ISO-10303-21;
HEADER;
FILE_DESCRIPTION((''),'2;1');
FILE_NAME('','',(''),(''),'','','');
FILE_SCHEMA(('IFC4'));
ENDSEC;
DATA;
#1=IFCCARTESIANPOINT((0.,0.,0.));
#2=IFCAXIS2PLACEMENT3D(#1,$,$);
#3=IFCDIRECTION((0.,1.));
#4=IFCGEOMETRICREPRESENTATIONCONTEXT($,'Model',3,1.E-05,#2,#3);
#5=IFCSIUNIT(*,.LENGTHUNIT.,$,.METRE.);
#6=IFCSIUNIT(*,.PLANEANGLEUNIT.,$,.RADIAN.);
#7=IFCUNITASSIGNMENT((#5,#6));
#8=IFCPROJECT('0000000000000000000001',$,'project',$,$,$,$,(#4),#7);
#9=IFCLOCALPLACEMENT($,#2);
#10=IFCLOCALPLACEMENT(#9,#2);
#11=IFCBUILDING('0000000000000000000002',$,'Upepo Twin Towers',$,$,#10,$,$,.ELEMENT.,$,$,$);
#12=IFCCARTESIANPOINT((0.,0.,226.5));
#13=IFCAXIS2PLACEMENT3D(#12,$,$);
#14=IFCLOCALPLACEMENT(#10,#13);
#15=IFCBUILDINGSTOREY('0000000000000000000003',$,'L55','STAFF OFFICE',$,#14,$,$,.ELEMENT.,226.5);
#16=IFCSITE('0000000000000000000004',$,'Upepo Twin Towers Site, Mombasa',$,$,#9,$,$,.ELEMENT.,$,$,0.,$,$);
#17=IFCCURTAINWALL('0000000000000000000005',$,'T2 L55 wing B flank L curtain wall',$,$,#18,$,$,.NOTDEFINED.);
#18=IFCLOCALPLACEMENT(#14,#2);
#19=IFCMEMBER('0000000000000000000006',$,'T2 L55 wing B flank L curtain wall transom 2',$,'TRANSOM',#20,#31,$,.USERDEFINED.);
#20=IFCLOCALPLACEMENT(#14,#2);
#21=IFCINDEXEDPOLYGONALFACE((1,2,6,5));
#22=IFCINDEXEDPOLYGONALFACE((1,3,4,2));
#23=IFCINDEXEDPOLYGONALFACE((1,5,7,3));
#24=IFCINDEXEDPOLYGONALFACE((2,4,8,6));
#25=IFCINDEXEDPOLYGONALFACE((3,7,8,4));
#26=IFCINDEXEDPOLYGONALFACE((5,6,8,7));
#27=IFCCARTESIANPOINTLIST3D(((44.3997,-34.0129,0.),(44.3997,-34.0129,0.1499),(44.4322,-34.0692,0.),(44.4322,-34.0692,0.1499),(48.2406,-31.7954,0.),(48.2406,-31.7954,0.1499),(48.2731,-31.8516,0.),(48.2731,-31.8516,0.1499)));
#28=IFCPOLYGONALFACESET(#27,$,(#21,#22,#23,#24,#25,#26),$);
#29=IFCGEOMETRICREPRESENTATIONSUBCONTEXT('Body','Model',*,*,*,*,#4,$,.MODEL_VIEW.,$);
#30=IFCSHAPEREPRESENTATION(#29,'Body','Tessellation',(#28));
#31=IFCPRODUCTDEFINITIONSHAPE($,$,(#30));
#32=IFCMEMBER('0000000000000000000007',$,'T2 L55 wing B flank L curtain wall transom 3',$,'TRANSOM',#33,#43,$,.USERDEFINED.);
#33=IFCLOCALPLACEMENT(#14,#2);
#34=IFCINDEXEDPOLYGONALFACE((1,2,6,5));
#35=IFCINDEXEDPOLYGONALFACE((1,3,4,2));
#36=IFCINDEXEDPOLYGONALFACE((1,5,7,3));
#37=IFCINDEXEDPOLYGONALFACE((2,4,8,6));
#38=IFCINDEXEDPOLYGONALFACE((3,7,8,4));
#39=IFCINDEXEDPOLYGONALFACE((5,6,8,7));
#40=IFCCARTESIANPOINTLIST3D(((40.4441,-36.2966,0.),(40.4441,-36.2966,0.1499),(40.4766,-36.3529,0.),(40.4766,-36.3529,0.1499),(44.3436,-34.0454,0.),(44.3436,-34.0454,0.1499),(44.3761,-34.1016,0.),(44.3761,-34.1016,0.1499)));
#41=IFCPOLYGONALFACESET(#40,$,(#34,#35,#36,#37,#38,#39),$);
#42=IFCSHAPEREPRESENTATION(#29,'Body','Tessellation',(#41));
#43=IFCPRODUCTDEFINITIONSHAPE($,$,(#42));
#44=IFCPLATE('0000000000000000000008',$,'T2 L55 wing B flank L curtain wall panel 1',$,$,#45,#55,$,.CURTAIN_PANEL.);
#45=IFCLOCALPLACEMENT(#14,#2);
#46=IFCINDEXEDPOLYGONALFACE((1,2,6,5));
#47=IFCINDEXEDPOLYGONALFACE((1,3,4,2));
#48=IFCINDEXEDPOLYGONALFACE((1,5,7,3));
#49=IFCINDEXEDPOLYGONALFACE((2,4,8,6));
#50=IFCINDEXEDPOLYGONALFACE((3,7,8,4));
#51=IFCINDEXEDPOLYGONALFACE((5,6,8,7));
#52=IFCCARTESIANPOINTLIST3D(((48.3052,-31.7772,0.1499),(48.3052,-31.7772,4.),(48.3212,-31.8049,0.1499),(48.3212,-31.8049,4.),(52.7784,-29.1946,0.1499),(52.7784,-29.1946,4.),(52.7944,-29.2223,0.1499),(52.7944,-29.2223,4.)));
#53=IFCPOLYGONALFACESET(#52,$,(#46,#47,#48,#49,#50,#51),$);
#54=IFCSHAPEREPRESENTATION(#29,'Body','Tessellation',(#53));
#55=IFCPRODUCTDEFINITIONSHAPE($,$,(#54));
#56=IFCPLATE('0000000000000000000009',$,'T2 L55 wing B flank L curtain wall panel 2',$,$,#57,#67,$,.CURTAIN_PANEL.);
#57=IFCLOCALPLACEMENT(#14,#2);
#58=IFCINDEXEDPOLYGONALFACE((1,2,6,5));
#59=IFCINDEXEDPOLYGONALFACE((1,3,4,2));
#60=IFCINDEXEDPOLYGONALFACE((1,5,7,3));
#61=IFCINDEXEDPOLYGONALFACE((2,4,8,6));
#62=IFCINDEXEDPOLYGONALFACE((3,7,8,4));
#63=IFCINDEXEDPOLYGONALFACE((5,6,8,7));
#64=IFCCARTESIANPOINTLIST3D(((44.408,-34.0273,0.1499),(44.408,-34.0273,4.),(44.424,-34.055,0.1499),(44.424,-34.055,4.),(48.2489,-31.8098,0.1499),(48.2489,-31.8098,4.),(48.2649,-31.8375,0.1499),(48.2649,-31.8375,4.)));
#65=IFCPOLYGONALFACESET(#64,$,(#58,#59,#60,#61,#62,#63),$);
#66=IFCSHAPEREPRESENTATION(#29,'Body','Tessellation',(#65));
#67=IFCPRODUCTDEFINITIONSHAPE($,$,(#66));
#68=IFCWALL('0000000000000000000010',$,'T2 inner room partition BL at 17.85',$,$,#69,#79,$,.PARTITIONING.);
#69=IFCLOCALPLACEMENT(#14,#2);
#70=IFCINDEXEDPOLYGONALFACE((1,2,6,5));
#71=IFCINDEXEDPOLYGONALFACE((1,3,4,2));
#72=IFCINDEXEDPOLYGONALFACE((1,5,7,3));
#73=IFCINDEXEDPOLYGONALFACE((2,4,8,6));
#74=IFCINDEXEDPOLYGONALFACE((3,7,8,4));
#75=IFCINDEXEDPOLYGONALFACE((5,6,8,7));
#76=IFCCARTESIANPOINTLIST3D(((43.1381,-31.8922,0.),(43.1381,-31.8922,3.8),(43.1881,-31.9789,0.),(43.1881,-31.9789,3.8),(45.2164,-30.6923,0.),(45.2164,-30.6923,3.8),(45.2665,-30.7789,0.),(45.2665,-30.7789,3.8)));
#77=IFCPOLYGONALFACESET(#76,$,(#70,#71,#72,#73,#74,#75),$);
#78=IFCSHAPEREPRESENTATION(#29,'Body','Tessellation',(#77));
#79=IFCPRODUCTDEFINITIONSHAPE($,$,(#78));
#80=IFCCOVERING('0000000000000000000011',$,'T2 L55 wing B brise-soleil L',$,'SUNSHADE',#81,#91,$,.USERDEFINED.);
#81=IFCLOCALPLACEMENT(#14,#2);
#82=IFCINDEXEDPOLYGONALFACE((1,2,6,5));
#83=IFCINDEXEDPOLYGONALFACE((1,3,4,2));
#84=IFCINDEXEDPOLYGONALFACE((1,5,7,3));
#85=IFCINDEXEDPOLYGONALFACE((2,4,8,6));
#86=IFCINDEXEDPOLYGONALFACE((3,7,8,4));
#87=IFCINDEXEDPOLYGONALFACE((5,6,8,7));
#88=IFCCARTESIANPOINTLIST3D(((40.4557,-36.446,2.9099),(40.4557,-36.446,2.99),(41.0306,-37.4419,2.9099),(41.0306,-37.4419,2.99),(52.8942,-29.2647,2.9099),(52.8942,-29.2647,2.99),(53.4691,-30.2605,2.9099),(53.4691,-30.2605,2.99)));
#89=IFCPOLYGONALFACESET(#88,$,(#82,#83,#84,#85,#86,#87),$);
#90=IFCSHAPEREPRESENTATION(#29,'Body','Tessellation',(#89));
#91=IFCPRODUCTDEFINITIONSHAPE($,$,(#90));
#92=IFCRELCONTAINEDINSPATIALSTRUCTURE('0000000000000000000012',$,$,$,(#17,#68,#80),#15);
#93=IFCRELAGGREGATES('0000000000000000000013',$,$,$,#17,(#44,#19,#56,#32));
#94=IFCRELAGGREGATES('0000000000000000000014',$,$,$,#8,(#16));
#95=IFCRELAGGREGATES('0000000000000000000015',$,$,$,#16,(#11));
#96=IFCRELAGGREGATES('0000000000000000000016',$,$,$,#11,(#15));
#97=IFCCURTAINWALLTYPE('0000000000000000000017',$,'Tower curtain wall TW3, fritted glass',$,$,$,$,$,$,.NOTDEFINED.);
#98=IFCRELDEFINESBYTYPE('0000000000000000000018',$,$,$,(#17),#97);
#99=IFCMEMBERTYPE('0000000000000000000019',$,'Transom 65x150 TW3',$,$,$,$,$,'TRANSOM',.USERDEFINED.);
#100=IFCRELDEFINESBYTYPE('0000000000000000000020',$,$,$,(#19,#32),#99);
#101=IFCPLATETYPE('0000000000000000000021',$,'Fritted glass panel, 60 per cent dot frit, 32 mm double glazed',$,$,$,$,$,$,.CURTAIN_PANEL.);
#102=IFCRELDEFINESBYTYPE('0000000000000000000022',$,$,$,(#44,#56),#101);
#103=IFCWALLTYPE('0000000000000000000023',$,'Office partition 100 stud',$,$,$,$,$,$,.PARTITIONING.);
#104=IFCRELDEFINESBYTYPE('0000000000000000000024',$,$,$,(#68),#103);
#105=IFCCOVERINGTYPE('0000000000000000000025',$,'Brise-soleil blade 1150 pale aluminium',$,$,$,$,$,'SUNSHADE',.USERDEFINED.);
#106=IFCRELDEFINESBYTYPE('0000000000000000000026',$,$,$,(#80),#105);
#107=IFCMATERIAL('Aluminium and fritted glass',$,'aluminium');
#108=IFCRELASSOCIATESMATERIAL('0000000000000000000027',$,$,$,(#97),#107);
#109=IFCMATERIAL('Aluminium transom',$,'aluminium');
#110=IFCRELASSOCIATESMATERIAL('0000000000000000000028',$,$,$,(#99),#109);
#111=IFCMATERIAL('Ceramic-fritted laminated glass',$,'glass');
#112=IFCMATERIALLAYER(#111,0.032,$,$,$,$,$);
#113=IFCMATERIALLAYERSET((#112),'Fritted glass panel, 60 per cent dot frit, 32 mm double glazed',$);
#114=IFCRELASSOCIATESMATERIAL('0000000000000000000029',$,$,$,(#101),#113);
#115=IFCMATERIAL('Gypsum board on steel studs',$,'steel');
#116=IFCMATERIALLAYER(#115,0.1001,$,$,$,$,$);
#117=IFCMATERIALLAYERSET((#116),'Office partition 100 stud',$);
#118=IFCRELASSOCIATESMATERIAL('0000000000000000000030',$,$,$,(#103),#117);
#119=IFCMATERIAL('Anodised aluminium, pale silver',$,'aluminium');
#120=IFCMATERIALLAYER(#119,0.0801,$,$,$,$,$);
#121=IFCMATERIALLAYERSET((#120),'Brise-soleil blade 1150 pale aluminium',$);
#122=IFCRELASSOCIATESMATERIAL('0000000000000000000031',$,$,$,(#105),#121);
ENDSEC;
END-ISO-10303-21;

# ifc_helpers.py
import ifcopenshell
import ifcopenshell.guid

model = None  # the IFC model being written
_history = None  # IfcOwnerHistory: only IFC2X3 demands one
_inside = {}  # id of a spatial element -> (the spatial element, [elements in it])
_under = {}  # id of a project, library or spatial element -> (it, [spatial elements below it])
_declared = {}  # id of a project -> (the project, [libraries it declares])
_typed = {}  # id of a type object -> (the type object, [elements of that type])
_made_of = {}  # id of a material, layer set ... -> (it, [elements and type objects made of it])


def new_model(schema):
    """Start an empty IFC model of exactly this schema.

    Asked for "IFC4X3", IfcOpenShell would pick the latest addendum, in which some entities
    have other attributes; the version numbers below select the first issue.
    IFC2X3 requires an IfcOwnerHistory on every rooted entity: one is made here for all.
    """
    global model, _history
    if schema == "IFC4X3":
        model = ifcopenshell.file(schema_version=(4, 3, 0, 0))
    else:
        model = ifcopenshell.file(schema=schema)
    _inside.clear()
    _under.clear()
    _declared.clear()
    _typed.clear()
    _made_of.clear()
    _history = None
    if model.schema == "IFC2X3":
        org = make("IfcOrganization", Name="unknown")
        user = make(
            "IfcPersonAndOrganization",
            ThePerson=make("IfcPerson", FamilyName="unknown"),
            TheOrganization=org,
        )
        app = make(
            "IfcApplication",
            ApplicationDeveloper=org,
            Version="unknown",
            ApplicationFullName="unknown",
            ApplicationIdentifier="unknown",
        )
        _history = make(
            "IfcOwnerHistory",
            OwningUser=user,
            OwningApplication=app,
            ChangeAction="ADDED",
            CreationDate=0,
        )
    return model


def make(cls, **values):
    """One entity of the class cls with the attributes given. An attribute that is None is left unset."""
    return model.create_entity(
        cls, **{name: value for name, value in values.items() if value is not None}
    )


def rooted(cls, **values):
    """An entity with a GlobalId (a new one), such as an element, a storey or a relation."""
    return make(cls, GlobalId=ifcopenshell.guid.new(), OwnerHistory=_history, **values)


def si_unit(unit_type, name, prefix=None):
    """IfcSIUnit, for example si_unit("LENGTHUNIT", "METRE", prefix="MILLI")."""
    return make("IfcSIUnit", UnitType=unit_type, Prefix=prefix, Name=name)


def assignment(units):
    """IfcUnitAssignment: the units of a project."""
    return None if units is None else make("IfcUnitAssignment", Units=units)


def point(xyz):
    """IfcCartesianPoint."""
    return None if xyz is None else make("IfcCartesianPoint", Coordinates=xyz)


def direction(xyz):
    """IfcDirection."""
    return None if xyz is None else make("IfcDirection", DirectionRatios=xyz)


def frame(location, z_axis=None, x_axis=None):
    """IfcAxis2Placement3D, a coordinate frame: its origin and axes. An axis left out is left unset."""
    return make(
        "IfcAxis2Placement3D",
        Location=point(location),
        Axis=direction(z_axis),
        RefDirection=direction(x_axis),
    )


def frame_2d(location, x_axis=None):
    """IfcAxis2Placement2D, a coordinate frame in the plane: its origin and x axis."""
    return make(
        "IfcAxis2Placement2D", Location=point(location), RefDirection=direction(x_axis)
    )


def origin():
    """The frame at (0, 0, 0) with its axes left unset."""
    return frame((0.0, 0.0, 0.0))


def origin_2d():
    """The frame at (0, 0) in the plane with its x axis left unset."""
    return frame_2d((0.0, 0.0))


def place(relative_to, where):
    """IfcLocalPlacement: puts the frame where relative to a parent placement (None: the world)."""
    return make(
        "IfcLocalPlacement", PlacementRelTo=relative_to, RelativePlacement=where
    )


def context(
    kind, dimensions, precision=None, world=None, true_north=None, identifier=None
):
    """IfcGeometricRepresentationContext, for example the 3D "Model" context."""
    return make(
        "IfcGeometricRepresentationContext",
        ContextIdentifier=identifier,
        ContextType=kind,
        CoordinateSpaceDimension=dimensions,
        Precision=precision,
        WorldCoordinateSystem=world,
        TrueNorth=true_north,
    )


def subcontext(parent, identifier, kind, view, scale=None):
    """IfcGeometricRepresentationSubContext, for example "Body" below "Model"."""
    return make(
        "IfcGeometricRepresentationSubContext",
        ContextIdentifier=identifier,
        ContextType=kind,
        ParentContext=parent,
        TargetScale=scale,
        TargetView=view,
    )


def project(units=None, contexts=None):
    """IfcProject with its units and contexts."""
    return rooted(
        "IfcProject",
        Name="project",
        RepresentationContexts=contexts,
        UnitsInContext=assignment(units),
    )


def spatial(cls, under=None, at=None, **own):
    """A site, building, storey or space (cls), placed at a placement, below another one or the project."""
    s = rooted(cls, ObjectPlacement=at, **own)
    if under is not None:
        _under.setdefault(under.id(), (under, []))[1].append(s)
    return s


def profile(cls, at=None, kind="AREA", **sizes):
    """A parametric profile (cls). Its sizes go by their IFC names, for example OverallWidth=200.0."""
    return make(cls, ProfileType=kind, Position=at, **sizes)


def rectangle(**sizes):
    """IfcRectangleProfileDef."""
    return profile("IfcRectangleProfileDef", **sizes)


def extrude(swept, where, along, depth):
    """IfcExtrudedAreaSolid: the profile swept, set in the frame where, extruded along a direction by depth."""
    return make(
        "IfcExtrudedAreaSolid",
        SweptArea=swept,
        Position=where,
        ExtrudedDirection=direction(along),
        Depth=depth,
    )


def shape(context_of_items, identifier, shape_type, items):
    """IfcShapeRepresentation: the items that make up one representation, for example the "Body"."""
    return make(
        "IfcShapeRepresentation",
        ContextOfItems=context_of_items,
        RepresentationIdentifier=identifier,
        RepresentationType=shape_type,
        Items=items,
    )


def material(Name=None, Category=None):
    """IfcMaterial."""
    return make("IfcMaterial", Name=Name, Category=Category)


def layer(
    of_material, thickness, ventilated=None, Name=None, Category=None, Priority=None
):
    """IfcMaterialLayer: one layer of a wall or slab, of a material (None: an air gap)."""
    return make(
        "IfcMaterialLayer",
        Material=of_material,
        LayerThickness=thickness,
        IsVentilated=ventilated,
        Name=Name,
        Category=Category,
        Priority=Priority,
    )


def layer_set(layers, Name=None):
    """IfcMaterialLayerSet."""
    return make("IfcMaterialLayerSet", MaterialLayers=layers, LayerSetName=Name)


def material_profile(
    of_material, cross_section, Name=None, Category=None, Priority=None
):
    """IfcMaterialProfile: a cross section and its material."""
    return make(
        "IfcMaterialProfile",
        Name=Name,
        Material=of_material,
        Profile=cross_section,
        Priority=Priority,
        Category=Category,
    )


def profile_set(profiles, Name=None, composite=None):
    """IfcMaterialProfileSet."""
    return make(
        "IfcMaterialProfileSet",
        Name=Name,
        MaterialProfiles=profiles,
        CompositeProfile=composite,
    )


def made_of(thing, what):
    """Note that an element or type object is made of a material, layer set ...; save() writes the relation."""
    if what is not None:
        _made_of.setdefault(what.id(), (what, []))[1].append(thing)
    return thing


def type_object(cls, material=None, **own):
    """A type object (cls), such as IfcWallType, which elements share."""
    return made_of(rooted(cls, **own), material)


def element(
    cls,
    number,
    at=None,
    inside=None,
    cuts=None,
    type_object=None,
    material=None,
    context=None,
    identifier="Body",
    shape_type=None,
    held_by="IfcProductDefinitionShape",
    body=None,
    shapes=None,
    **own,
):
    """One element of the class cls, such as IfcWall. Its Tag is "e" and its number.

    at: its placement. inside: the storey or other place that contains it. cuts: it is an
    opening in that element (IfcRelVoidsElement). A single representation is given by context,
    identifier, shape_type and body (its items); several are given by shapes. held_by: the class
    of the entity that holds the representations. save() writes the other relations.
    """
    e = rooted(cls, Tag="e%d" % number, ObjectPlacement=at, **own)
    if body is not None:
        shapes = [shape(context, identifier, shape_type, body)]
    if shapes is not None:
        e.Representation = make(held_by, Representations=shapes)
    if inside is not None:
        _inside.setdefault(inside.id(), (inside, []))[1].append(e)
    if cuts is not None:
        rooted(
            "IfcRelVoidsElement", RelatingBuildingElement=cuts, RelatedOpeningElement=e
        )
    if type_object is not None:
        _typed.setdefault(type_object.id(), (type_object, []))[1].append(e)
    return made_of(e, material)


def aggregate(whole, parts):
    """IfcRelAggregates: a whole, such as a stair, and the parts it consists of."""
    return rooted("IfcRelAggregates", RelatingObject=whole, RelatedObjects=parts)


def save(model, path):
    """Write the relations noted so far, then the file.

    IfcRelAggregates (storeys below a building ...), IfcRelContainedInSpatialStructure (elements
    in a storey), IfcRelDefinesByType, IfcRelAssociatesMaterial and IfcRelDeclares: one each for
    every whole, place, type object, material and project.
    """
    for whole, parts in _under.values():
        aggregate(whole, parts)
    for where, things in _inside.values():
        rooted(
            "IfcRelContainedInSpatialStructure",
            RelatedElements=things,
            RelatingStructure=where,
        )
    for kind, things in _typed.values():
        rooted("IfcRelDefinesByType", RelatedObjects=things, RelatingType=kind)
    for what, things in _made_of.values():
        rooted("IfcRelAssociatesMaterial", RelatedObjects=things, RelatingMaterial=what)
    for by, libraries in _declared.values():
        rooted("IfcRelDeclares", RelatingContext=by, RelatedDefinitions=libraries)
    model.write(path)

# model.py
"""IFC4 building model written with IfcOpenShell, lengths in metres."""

from ifc_helpers import new_model, si_unit, direction, frame, frame_2d, origin, origin_2d, place, context, subcontext, project, spatial, rectangle, extrude, material, layer, layer_set, material_profile, profile_set, type_object, element, aggregate, save


model = new_model("IFC4")

# Units and contexts
model_context = context("Model", 3, precision=1e-05, world=origin(), true_north=direction((0.0, 1.0)))
body_context = subcontext(model_context, "Body", "Model", "MODEL_VIEW")
ifc_project = project(units=[si_unit("LENGTHUNIT", "METRE"), si_unit("PLANEANGLEUNIT", "RADIAN")], contexts=[model_context])

# Site, building, storey
site_placement = place(None, origin())
site = spatial("IfcSite", under=ifc_project, at=site_placement, Name="Upepo Twin Towers Site, Mombasa", CompositionType="ELEMENT", RefElevation=0.0)
building_placement = place(site_placement, origin())
building = spatial("IfcBuilding", under=site, at=building_placement, Name="Upepo Twin Towers", CompositionType="ELEMENT")
storey_placement = place(building_placement, frame((0.0, 0.0, 226.5)))
storey = spatial("IfcBuildingStorey", under=building, at=storey_placement, Name="L55", Description="STAFF OFFICE", CompositionType="ELEMENT", Elevation=226.5)

# Curtain wall, members, plates
ifc_material_1 = material(Name="Aluminium and fritted glass", Category="aluminium")
curtain_wall_type = type_object("IfcCurtainWallType", Name="Tower curtain wall TW3, fritted glass", PredefinedType="NOTDEFINED", material=ifc_material_1)
curtain_wall_placement = place(storey_placement, origin())
curtain_wall = element("IfcCurtainWall", 1, at=curtain_wall_placement, inside=storey, type_object=curtain_wall_type, Name="T2 L55 wing B flank L curtain wall", PredefinedType="NOTDEFINED")
ifc_material_2 = material(Name="Aluminium transom", Category="aluminium")
ifc_material_profile_1 = material_profile(ifc_material_2, rectangle(XDim=0.0649, YDim=0.1499, at=origin_2d()), Name="TRANSOM 65x150")
ifc_profile_set_1 = profile_set([ifc_material_profile_1], Name="Aluminium transom")
member_type_1 = type_object("IfcMemberType", Name="Transom 65x150 TW3", ElementType="TRANSOM", PredefinedType="USERDEFINED", material=ifc_profile_set_1)
member_1_placement = place(storey_placement, frame((48.2568, -31.8235, 0.075), z_axis=(-0.866022, -0.500005, 0.0), x_axis=(0.500005, -0.866022, 0.0)))
member_1 = element("IfcMember", 2, at=member_1_placement, type_object=member_type_1, Name="T2 L55 wing B flank L curtain wall transom 2", ObjectType="TRANSOM", PredefinedType="USERDEFINED", context=body_context, shape_type="SweptSolid", body=[
    extrude(rectangle(XDim=0.0649, YDim=0.1499, at=origin_2d()), origin(), (0.0, 0.0, 1.0), 4.4351),
])
member_2_placement = place(storey_placement, frame((44.3599, -34.0735, 0.075), z_axis=(-0.866036, -0.499982, 0.0), x_axis=(0.499982, -0.866036, 0.0)))
member_2 = element("IfcMember", 3, at=member_2_placement, type_object=member_type_1, Name="T2 L55 wing B flank L curtain wall transom 3", ObjectType="TRANSOM", PredefinedType="USERDEFINED", context=body_context, shape_type="SweptSolid", body=[
    extrude(rectangle(XDim=0.0649, YDim=0.1499, at=origin_2d()), origin(), (0.0, 0.0, 1.0), 4.5027),
])
ifc_material_3 = material(Name="Ceramic-fritted laminated glass", Category="glass")
ifc_layer_1 = layer(ifc_material_3, 0.032)
ifc_layer_set_1 = layer_set([ifc_layer_1], Name="Fritted glass panel, 60 per cent dot frit, 32 mm double glazed")
plate_type = type_object("IfcPlateType", Name="Fritted glass panel, 60 per cent dot frit, 32 mm double glazed", PredefinedType="CURTAIN_PANEL", material=ifc_layer_set_1)
plate_1_placement = place(storey_placement, frame((50.5498, -30.4998, 0.1499), z_axis=(0.0, 0.0, 1.0), x_axis=(-0.866025, -0.5, 0.0)))
plate_1 = element("IfcPlate", 4, at=plate_1_placement, type_object=plate_type, Name="T2 L55 wing B flank L curtain wall panel 1", PredefinedType="CURTAIN_PANEL", context=body_context, shape_type="SweptSolid", body=[
    extrude(rectangle(XDim=5.1653, YDim=0.032, at=origin_2d()), origin(), (0.0, 0.0, 1.0), 3.8501),
])
plate_2_placement = place(storey_placement, frame((46.3364, -32.9324, 0.1499), z_axis=(0.0, 0.0, 1.0), x_axis=(-0.866025, -0.5, 0.0)))
plate_2 = element("IfcPlate", 5, at=plate_2_placement, type_object=plate_type, Name="T2 L55 wing B flank L curtain wall panel 2", PredefinedType="CURTAIN_PANEL", context=body_context, shape_type="SweptSolid", body=[
    extrude(rectangle(XDim=4.4351, YDim=0.032, at=origin_2d()), origin(), (0.0, 0.0, 1.0), 3.8501),
])
aggregate(curtain_wall, [plate_1, member_1, plate_2, member_2])

# Wall
ifc_material_4 = material(Name="Gypsum board on steel studs", Category="steel")
ifc_layer_2 = layer(ifc_material_4, 0.1001)
ifc_layer_set_2 = layer_set([ifc_layer_2], Name="Office partition 100 stud")
wall_type = type_object("IfcWallType", Name="Office partition 100 stud", PredefinedType="PARTITIONING", material=ifc_layer_set_2)
wall_placement = place(storey_placement, frame((45.2415, -30.7356, 0.0), z_axis=(0.0, 0.0, 1.0), x_axis=(-0.866025, -0.500001, 0.0)))
element("IfcWall", 6, at=wall_placement, inside=storey, type_object=wall_type, Name="T2 inner room partition BL at 17.85", PredefinedType="PARTITIONING", context=body_context, shape_type="SweptSolid", body=[
    extrude(rectangle(XDim=2.3999, YDim=0.1001, at=frame_2d((1.2, 0.0))), origin(), (0.0, 0.0, 1.0), 3.8),
])

# Covering
ifc_material_5 = material(Name="Anodised aluminium, pale silver", Category="aluminium")
ifc_layer_3 = layer(ifc_material_5, 0.0801)
ifc_layer_set_3 = layer_set([ifc_layer_3], Name="Brise-soleil blade 1150 pale aluminium")
covering_type = type_object("IfcCoveringType", Name="Brise-soleil blade 1150 pale aluminium", ElementType="SUNSHADE", PredefinedType="USERDEFINED", material=ifc_layer_set_3)
covering_placement = place(storey_placement, frame((46.9624, -33.3533, 2.9099), z_axis=(0.0, 0.0, 1.0), x_axis=(-0.866025, -0.5, 0.0)))
element("IfcCovering", 7, at=covering_placement, inside=storey, type_object=covering_type, Name="T2 L55 wing B brise-soleil L", ObjectType="SUNSHADE", PredefinedType="USERDEFINED", context=body_context, shape_type="SweptSolid", body=[
    extrude(rectangle(XDim=14.3628, YDim=1.1499, at=origin_2d()), origin(), (0.0, 0.0, 1.0), 0.0801),
])

save(model, "model.ifc")
